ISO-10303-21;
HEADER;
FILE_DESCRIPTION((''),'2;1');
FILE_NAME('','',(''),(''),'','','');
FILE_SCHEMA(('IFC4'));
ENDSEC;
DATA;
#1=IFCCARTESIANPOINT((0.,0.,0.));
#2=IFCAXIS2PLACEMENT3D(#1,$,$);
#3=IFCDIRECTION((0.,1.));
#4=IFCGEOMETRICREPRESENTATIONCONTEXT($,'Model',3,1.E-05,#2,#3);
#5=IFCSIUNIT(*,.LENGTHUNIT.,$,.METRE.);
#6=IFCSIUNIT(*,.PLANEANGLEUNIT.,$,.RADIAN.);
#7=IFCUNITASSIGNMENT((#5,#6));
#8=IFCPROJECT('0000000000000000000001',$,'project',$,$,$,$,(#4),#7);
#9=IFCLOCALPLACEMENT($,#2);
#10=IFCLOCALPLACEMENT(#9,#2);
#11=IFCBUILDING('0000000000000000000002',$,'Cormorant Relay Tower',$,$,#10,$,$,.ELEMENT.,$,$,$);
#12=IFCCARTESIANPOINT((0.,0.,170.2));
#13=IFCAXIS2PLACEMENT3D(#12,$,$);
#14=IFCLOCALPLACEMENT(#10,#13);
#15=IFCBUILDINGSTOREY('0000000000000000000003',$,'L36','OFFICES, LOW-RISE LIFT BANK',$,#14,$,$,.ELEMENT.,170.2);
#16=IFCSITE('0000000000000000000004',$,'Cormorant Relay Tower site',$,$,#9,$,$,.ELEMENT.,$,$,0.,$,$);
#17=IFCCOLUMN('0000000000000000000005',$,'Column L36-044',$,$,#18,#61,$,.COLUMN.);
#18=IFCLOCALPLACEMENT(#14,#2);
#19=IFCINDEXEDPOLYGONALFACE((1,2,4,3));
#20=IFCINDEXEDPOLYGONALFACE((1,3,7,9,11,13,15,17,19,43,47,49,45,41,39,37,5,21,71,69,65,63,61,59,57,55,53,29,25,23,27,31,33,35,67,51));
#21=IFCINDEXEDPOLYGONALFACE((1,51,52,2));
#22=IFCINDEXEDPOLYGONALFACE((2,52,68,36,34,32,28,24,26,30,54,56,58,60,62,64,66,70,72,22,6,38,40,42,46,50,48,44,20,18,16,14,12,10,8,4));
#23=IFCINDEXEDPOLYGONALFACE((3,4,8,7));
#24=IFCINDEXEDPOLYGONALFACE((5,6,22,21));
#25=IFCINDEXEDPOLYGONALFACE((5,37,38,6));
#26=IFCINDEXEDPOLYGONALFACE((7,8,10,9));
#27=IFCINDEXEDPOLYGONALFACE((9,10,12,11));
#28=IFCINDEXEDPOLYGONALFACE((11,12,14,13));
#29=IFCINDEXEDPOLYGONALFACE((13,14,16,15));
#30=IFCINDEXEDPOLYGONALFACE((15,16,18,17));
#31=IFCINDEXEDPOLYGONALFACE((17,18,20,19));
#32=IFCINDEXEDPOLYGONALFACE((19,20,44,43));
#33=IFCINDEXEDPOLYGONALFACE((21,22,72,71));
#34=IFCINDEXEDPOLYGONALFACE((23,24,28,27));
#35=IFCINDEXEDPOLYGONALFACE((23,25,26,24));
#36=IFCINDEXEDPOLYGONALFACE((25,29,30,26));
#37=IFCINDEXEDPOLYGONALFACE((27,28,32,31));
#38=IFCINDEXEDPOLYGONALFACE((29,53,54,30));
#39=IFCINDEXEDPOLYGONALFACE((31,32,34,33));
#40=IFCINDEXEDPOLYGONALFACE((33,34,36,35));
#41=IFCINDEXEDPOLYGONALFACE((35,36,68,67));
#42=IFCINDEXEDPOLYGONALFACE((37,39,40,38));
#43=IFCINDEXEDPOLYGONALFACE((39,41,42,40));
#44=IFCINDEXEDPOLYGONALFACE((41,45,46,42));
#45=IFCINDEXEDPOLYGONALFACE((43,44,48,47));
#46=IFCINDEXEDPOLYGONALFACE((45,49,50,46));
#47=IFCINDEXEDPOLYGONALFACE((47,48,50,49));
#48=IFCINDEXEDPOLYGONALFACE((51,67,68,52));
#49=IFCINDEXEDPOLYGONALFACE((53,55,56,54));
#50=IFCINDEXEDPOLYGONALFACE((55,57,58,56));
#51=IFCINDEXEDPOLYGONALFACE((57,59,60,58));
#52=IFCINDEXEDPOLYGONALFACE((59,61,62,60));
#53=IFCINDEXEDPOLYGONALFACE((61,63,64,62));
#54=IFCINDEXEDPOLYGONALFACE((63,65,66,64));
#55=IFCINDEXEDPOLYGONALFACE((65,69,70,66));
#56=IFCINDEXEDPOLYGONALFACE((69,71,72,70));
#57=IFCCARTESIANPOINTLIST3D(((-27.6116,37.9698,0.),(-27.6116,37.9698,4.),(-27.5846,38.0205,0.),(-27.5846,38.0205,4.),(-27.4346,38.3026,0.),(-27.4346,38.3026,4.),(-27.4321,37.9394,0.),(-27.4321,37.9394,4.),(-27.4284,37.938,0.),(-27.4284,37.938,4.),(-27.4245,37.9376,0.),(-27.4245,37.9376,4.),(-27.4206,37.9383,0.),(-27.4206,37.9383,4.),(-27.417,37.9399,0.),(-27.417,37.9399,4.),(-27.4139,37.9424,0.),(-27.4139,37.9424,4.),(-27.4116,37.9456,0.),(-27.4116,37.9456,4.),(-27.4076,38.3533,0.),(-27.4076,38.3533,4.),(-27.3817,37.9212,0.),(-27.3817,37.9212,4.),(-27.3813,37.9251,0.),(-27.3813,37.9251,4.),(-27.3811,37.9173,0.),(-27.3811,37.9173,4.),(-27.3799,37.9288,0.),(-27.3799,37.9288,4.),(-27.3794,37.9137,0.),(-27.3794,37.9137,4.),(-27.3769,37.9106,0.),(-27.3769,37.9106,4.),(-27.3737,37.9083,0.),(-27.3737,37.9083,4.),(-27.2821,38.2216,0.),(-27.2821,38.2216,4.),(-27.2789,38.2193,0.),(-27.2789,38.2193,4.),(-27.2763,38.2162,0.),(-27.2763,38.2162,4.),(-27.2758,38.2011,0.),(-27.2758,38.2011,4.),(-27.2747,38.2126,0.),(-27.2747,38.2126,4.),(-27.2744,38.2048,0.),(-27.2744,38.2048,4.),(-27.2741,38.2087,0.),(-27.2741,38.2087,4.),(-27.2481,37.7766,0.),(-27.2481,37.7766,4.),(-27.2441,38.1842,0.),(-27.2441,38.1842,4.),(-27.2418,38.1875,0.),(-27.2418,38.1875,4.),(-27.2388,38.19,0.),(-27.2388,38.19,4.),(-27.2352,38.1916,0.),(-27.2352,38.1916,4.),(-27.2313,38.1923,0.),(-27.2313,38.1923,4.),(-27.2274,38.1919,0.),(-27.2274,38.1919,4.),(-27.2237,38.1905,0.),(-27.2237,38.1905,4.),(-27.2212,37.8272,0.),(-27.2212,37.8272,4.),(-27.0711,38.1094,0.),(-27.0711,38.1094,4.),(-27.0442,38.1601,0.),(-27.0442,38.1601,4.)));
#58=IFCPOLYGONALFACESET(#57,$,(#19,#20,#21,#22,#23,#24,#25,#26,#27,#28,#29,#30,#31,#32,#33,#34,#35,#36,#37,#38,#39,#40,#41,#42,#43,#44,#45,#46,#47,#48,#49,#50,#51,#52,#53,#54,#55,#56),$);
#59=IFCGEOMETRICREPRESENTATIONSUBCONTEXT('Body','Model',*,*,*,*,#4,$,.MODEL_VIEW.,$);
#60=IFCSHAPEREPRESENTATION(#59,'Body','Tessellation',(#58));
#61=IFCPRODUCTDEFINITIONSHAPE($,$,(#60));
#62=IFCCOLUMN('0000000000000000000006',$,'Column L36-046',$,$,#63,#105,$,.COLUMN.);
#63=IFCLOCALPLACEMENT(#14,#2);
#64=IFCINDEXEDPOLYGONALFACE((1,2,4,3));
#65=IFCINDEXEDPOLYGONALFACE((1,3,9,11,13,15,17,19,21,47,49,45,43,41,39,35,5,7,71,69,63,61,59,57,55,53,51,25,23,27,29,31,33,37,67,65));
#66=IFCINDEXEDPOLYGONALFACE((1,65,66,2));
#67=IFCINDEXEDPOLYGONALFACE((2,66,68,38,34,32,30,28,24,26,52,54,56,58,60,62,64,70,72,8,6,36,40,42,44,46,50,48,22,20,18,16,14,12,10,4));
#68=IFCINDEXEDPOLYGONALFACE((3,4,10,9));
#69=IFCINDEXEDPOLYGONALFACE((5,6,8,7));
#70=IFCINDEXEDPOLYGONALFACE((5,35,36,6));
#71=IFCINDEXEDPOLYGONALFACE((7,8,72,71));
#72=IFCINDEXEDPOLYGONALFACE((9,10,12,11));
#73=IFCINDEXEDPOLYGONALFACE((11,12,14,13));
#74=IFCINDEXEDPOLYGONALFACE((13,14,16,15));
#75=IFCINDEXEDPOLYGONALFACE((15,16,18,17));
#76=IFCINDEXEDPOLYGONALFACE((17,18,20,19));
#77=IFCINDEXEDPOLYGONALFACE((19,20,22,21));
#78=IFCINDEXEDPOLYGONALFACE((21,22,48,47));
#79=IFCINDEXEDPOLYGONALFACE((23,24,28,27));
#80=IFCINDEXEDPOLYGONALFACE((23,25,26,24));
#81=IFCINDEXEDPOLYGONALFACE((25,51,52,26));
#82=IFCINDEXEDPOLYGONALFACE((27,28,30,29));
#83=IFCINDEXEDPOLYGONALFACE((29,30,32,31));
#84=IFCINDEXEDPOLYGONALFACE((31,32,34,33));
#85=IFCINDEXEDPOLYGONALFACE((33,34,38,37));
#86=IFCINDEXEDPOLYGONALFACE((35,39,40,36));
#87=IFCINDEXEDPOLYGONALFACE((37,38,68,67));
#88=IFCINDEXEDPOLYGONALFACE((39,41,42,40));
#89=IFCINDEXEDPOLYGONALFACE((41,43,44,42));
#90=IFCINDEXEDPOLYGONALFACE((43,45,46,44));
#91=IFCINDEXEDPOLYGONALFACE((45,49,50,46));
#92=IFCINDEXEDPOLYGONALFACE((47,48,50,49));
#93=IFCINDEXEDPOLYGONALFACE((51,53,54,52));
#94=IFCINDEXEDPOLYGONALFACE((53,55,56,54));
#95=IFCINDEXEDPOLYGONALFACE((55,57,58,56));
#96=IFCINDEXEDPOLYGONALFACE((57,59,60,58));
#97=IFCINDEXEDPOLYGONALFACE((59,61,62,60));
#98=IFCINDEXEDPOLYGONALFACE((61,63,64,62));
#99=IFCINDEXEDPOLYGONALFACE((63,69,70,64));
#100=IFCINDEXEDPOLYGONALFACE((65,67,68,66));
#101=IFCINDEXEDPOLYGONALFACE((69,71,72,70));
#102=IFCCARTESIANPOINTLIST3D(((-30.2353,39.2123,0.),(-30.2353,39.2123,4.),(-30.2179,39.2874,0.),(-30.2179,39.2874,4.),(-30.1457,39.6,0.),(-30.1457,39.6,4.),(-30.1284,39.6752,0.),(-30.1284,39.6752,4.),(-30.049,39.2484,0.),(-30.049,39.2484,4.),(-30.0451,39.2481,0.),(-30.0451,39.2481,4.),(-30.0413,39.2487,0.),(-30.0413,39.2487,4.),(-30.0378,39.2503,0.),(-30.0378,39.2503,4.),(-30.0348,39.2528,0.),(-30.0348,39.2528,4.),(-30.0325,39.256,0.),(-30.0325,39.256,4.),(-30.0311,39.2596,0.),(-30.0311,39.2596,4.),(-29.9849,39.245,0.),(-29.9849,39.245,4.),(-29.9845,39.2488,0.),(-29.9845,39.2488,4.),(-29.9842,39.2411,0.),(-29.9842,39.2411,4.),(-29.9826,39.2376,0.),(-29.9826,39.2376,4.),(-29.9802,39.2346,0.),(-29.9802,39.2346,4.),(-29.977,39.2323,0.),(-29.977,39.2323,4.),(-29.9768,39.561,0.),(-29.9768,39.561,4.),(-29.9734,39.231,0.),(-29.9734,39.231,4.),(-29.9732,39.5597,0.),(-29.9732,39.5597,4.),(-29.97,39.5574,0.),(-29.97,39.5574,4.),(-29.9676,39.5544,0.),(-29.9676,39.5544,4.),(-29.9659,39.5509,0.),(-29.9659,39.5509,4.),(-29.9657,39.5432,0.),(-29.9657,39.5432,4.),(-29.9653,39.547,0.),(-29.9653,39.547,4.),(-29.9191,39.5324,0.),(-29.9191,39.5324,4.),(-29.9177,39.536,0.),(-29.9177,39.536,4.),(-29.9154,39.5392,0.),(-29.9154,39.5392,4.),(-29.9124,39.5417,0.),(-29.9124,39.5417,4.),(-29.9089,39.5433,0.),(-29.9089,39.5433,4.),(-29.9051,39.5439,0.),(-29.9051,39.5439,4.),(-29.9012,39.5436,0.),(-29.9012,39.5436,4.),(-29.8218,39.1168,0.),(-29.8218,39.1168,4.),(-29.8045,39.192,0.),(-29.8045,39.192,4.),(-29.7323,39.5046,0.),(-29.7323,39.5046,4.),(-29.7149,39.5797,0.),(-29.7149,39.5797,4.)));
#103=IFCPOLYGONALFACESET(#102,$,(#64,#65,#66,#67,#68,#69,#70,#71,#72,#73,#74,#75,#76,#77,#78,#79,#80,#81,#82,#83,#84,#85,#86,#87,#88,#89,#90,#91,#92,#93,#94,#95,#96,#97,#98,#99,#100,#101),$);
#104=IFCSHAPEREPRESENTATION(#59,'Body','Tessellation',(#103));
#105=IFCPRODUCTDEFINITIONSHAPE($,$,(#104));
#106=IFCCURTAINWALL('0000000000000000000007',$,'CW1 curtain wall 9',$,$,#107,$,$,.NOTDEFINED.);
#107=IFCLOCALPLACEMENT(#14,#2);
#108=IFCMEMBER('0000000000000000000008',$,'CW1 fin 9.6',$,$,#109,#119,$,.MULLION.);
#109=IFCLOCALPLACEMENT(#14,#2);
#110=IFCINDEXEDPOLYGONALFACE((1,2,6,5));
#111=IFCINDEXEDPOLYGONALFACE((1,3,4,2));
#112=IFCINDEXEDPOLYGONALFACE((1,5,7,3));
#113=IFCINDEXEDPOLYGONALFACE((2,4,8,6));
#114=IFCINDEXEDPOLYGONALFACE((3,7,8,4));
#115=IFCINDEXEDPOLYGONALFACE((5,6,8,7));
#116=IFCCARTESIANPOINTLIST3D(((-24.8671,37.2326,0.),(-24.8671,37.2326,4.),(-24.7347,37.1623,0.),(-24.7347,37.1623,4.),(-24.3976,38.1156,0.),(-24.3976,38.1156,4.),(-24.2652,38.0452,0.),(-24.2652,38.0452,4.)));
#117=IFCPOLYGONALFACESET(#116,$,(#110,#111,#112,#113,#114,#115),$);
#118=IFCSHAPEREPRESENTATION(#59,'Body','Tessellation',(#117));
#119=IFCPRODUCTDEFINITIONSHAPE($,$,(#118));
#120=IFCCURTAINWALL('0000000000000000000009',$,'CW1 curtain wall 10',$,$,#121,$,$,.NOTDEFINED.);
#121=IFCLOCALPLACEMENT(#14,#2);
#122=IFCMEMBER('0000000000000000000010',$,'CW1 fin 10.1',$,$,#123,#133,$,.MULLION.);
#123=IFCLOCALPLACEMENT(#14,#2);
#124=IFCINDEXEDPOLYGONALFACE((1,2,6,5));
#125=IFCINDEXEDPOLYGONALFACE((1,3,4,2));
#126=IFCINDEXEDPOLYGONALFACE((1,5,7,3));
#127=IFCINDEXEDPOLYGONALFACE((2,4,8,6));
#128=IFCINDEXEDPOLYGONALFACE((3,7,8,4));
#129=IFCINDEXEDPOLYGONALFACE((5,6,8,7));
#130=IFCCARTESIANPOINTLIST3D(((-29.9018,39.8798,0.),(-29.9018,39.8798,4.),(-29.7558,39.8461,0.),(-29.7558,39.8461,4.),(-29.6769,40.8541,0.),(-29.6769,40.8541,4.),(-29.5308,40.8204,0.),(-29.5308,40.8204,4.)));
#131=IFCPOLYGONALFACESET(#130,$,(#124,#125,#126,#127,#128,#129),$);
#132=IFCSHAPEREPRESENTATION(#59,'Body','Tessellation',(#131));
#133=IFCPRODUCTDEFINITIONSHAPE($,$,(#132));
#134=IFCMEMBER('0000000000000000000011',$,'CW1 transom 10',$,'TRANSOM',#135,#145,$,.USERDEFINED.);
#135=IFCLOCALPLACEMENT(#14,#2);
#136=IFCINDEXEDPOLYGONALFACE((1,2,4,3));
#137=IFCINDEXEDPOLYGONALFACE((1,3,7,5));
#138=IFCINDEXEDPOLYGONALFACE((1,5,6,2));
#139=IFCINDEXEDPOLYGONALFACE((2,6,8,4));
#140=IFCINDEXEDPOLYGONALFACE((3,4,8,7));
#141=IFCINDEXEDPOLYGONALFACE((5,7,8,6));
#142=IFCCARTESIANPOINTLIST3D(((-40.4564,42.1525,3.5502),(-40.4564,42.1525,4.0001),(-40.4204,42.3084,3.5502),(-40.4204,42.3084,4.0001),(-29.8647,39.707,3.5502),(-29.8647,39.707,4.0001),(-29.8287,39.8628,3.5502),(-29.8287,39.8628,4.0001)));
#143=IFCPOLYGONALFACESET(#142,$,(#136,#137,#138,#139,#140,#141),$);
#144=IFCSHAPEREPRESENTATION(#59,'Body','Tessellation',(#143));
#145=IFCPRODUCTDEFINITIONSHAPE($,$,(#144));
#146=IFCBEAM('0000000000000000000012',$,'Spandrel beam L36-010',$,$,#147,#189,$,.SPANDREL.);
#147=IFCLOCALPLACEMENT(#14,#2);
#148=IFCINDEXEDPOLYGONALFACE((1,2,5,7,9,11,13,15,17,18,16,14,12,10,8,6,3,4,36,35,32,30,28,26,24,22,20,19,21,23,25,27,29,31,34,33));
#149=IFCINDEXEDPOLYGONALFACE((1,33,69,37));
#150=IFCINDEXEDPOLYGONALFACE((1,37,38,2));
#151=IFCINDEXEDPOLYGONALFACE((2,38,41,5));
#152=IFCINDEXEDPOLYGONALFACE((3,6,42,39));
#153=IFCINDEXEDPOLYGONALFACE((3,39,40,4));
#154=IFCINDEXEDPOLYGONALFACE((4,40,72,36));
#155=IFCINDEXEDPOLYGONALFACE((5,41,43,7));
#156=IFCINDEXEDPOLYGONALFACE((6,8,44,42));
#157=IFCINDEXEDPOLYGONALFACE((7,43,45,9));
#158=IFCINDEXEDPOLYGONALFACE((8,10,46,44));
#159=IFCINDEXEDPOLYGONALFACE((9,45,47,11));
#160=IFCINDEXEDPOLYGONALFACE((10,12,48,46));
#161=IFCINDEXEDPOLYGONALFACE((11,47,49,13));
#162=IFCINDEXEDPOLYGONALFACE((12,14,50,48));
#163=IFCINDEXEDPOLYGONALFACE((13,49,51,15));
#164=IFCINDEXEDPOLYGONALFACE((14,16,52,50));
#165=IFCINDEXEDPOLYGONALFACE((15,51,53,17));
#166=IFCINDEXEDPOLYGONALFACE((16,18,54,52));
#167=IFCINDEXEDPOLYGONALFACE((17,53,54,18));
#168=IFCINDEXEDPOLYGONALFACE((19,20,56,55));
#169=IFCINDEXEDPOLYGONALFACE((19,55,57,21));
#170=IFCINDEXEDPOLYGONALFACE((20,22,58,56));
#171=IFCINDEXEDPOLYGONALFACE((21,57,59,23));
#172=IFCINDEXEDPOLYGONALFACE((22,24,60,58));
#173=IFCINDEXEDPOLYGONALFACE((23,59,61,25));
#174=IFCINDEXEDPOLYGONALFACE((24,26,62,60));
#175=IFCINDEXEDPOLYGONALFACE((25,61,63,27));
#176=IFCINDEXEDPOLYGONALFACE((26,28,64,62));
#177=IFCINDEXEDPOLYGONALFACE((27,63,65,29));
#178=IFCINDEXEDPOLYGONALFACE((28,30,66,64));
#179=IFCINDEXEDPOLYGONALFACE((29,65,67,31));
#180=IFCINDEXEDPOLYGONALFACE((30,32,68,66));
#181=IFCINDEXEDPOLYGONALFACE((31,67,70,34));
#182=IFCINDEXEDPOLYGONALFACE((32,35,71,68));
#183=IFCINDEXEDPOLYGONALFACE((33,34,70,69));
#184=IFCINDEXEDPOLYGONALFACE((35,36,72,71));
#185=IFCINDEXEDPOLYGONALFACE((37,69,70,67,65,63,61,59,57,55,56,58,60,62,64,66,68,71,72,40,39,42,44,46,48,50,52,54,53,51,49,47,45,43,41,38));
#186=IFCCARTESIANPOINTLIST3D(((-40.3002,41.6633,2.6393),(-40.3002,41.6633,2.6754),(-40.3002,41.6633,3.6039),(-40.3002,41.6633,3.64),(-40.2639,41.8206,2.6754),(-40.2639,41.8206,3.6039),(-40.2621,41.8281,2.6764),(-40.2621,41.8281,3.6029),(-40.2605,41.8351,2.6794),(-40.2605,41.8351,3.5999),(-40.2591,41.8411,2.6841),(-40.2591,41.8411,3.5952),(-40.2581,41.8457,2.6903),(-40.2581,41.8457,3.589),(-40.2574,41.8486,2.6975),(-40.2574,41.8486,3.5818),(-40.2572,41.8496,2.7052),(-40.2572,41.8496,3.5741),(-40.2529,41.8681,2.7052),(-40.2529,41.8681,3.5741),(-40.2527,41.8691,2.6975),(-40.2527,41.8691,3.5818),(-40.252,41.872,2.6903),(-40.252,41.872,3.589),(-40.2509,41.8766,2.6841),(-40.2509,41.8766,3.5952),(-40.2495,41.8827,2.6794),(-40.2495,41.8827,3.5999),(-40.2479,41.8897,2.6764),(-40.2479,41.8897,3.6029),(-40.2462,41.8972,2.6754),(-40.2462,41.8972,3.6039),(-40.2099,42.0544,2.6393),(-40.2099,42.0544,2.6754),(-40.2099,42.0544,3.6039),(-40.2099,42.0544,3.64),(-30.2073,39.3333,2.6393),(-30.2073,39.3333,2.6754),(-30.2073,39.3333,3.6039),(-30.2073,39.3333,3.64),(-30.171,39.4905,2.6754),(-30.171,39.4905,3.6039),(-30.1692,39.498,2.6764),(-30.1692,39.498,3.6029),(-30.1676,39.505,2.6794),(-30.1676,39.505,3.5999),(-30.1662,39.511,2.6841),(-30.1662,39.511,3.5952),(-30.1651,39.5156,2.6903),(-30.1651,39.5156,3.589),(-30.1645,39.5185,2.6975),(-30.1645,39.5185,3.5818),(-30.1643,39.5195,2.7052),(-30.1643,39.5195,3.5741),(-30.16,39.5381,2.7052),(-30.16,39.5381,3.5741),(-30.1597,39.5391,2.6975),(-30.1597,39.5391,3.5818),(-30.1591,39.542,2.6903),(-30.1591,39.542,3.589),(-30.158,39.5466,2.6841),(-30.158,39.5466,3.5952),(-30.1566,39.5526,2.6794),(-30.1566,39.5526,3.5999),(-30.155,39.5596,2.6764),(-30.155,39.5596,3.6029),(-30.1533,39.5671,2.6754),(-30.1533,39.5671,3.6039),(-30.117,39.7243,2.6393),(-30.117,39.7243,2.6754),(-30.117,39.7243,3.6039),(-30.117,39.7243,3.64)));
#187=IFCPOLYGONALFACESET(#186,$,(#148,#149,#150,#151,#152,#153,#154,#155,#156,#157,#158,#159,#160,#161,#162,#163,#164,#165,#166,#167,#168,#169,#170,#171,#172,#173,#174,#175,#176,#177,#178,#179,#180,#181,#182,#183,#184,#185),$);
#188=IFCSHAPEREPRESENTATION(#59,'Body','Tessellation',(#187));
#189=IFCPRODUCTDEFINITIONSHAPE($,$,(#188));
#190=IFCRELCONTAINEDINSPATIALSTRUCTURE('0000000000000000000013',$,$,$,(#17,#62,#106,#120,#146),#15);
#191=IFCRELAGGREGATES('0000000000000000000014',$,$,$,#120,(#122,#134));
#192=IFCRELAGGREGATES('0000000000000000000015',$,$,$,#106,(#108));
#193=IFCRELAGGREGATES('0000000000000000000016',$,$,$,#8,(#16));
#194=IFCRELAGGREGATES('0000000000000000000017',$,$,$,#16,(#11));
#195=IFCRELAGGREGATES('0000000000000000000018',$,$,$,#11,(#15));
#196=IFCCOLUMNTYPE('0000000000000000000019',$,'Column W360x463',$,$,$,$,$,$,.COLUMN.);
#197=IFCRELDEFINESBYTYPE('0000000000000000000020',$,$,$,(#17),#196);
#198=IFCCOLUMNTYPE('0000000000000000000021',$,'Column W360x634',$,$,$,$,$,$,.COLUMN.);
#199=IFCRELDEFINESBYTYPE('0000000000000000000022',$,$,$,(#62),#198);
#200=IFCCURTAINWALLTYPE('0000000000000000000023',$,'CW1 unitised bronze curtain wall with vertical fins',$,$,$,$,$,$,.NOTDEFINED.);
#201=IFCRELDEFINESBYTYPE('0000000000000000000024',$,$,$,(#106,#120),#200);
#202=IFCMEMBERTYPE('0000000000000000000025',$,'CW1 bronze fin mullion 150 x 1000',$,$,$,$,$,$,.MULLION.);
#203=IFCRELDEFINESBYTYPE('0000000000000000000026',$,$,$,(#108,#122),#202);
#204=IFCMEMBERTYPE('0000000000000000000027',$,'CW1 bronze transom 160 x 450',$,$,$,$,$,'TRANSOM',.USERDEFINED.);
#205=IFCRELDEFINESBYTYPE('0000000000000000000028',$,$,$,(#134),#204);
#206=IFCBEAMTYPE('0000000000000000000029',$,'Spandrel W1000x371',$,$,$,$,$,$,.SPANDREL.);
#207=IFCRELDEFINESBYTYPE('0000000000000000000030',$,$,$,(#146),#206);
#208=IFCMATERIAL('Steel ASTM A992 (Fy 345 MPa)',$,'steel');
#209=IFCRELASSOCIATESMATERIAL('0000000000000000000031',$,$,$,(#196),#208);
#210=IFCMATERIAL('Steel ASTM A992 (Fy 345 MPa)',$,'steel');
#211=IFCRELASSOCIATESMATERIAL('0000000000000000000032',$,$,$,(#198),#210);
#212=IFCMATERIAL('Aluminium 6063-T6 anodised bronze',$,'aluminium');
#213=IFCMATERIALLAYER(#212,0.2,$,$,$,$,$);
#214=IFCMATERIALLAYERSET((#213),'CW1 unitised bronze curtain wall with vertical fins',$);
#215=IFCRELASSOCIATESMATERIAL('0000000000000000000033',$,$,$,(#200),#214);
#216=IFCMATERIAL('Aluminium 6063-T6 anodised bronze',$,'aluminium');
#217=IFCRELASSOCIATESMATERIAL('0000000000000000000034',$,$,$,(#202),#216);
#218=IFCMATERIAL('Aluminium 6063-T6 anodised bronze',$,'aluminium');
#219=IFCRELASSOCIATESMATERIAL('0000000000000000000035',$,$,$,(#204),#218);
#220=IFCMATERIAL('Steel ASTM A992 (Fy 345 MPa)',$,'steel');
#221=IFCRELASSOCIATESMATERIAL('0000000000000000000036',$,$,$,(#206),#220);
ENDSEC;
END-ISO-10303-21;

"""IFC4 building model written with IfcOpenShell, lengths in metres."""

from ifc_helpers import new_model, si_unit, direction, frame, origin, origin_2d, place, context, subcontext, project, spatial, rectangle, i_section, extrude, material, layer, layer_set, material_profile, profile_set, type_object, element, aggregate, save


model = new_model("IFC4")

# Units and contexts
model_context = context("Model", 3, precision=1e-05, world=origin(), true_north=direction((0.0, 1.0)))
body_context = subcontext(model_context, "Body", "Model", "MODEL_VIEW")
ifc_project = project(units=[si_unit("LENGTHUNIT", "METRE"), si_unit("PLANEANGLEUNIT", "RADIAN")], contexts=[model_context])

# Site, building, storey
site_placement = place(None, origin())
site = spatial("IfcSite", under=ifc_project, at=site_placement, Name="Cormorant Relay Tower site", CompositionType="ELEMENT", RefElevation=0.0)
building_placement = place(site_placement, origin())
building = spatial("IfcBuilding", under=site, at=building_placement, Name="Cormorant Relay Tower", CompositionType="ELEMENT")
storey_placement = place(building_placement, frame((0.0, 0.0, 170.2)))
storey = spatial("IfcBuildingStorey", under=building, at=storey_placement, Name="L36", Description="OFFICES, LOW-RISE LIFT BANK", CompositionType="ELEMENT", Elevation=170.2)

# Columns
ifc_material_1 = material(Name="Steel ASTM A992 (Fy 345 MPa)", Category="steel")
ifc_material_profile_1 = material_profile(ifc_material_1, i_section(OverallWidth=0.4116, OverallDepth=0.4343, WebThickness=0.0359, FlangeThickness=0.0574, FilletRadius=0.0151, at=origin_2d()), Name="W360x463")
ifc_profile_set_1 = profile_set([ifc_material_profile_1], Name="Steel ASTM A992 (Fy 345 MPa)")
column_type_1 = type_object("IfcColumnType", Name="Column W360x463", PredefinedType="COLUMN", material=ifc_profile_set_1)
column_1_placement = place(storey_placement, frame((-27.3279, 38.0649, 0.0), z_axis=(0.0, 0.0, 1.0), x_axis=(-0.882948, 0.469472, 0.0)))
element("IfcColumn", 1, at=column_1_placement, inside=storey, type_object=column_type_1, Name="Column L36-044", PredefinedType="COLUMN", context=body_context, shape_type="SweptSolid", body=[
    extrude(i_section(OverallWidth=0.4116, OverallDepth=0.4343, WebThickness=0.0359, FlangeThickness=0.0574, FilletRadius=0.0151, at=origin_2d()), origin(), (0.0, 0.0, 1.0), 4.0),
])
ifc_material_2 = material(Name="Steel ASTM A992 (Fy 345 MPa)", Category="steel")
ifc_material_profile_2 = material_profile(ifc_material_2, i_section(OverallWidth=0.4243, OverallDepth=0.4751, WebThickness=0.0479, FlangeThickness=0.0771, FilletRadius=0.0149, at=origin_2d()), Name="W360x634")
ifc_profile_set_2 = profile_set([ifc_material_profile_2], Name="Steel ASTM A992 (Fy 345 MPa)")
column_type_2 = type_object("IfcColumnType", Name="Column W360x634", PredefinedType="COLUMN", material=ifc_profile_set_2)
column_2_placement = place(storey_placement, frame((-29.9751, 39.396, 0.0), z_axis=(0.0, 0.0, 1.0), x_axis=(-0.97437, 0.224951, 0.0)))
element("IfcColumn", 2, at=column_2_placement, inside=storey, type_object=column_type_2, Name="Column L36-046", PredefinedType="COLUMN", context=body_context, shape_type="SweptSolid", body=[
    extrude(i_section(OverallWidth=0.4243, OverallDepth=0.4751, WebThickness=0.0479, FlangeThickness=0.0771, FilletRadius=0.0149, at=origin_2d()), origin(), (0.0, 0.0, 1.0), 4.0),
])

# Curtain wall, member
ifc_material_3 = material(Name="Aluminium 6063-T6 anodised bronze", Category="aluminium")
ifc_layer_1 = layer(ifc_material_3, 0.2)
ifc_layer_set_1 = layer_set([ifc_layer_1], Name="CW1 unitised bronze curtain wall with vertical fins")
curtain_wall_type = type_object("IfcCurtainWallType", Name="CW1 unitised bronze curtain wall with vertical fins", PredefinedType="NOTDEFINED", material=ifc_layer_set_1)
curtain_wall_1_placement = place(storey_placement, origin())
curtain_wall_1 = element("IfcCurtainWall", 3, at=curtain_wall_1_placement, inside=storey, type_object=curtain_wall_type, Name="CW1 curtain wall 9", PredefinedType="NOTDEFINED")
ifc_material_4 = material(Name="Aluminium 6063-T6 anodised bronze", Category="aluminium")
ifc_material_profile_3 = material_profile(ifc_material_4, rectangle(XDim=0.1499, YDim=1.0, at=origin_2d()), Name="AL 150x1000")
ifc_profile_set_3 = profile_set([ifc_material_profile_3], Name="Aluminium 6063-T6 anodised bronze")
member_type_1 = type_object("IfcMemberType", Name="CW1 bronze fin mullion 150 x 1000", PredefinedType="MULLION", material=ifc_profile_set_3)
member_1_placement = place(storey_placement, frame((-24.5662, 37.6389, 0.0), z_axis=(0.0, 0.0, 1.0), x_axis=(-0.882948, 0.469472, 0.0)))
member_1 = element("IfcMember", 4, at=member_1_placement, type_object=member_type_1, Name="CW1 fin 9.6", PredefinedType="MULLION", context=body_context, shape_type="SweptSolid", body=[
    extrude(rectangle(XDim=0.1499, YDim=1.0, at=origin_2d()), origin(), (0.0, 0.0, 1.0), 4.0),
])

# Curtain wall, members
curtain_wall_2_placement = place(storey_placement, origin())
curtain_wall_2 = element("IfcCurtainWall", 5, at=curtain_wall_2_placement, inside=storey, type_object=curtain_wall_type, Name="CW1 curtain wall 10", PredefinedType="NOTDEFINED")
member_2_placement = place(storey_placement, frame((-29.7163, 40.3501, 0.0), z_axis=(0.0, 0.0, 1.0), x_axis=(-0.97437, 0.224951, 0.0)))
member_2 = element("IfcMember", 6, at=member_2_placement, type_object=member_type_1, Name="CW1 fin 10.1", PredefinedType="MULLION", context=body_context, shape_type="SweptSolid", body=[
    extrude(rectangle(XDim=0.1499, YDim=1.0, at=origin_2d()), origin(), (0.0, 0.0, 1.0), 4.0),
])
ifc_material_5 = material(Name="Aluminium 6063-T6 anodised bronze", Category="aluminium")
ifc_material_profile_4 = material_profile(ifc_material_5, rectangle(XDim=0.1599, YDim=0.45, at=origin_2d()), Name="AL 160x450")
ifc_profile_set_4 = profile_set([ifc_material_profile_4], Name="Aluminium 6063-T6 anodised bronze")
member_type_2 = type_object("IfcMemberType", Name="CW1 bronze transom 160 x 450", ElementType="TRANSOM", PredefinedType="USERDEFINED", material=ifc_profile_set_4)
member_3_placement = place(storey_placement, frame((-29.8467, 39.7849, 3.7751), z_axis=(-0.974365, 0.224973, 0.0), x_axis=(-0.224973, -0.974365, 0.0)))
member_3 = element("IfcMember", 7, at=member_3_placement, type_object=member_type_2, Name="CW1 transom 10", ObjectType="TRANSOM", PredefinedType="USERDEFINED", context=body_context, shape_type="SweptSolid", body=[
    extrude(rectangle(XDim=0.1599, YDim=0.45, at=origin_2d()), origin(), (0.0, 0.0, 1.0), 10.8704),
])

# Beam
ifc_material_6 = material(Name="Steel ASTM A992 (Fy 345 MPa)", Category="steel")
ifc_material_profile_5 = material_profile(ifc_material_6, i_section(OverallWidth=0.4014, OverallDepth=1.0007, WebThickness=0.019, FlangeThickness=0.0361, FilletRadius=0.0298, at=origin_2d()), Name="W1000x371")
ifc_profile_set_5 = profile_set([ifc_material_profile_5], Name="Steel ASTM A992 (Fy 345 MPa)")
beam_type = type_object("IfcBeamType", Name="Spandrel W1000x371", PredefinedType="SPANDREL", material=ifc_profile_set_5)
beam_placement = place(storey_placement, frame((-30.1621, 39.5288, 3.1396), z_axis=(-0.974372, 0.224944, 0.0), x_axis=(-0.224944, -0.974372, 0.0)))
element("IfcBeam", 8, at=beam_placement, inside=storey, type_object=beam_type, Name="Spandrel beam L36-010", PredefinedType="SPANDREL", context=body_context, shape_type="SweptSolid", body=[
    extrude(i_section(OverallWidth=0.4014, OverallDepth=1.0007, WebThickness=0.019, FlangeThickness=0.0361, FilletRadius=0.0298, at=origin_2d()), origin(), (0.0, 0.0, 1.0), 10.3584),
])

aggregate(curtain_wall_2, [member_2, member_3])

aggregate(curtain_wall_1, [member_1])

save(model, "model.ifc")
